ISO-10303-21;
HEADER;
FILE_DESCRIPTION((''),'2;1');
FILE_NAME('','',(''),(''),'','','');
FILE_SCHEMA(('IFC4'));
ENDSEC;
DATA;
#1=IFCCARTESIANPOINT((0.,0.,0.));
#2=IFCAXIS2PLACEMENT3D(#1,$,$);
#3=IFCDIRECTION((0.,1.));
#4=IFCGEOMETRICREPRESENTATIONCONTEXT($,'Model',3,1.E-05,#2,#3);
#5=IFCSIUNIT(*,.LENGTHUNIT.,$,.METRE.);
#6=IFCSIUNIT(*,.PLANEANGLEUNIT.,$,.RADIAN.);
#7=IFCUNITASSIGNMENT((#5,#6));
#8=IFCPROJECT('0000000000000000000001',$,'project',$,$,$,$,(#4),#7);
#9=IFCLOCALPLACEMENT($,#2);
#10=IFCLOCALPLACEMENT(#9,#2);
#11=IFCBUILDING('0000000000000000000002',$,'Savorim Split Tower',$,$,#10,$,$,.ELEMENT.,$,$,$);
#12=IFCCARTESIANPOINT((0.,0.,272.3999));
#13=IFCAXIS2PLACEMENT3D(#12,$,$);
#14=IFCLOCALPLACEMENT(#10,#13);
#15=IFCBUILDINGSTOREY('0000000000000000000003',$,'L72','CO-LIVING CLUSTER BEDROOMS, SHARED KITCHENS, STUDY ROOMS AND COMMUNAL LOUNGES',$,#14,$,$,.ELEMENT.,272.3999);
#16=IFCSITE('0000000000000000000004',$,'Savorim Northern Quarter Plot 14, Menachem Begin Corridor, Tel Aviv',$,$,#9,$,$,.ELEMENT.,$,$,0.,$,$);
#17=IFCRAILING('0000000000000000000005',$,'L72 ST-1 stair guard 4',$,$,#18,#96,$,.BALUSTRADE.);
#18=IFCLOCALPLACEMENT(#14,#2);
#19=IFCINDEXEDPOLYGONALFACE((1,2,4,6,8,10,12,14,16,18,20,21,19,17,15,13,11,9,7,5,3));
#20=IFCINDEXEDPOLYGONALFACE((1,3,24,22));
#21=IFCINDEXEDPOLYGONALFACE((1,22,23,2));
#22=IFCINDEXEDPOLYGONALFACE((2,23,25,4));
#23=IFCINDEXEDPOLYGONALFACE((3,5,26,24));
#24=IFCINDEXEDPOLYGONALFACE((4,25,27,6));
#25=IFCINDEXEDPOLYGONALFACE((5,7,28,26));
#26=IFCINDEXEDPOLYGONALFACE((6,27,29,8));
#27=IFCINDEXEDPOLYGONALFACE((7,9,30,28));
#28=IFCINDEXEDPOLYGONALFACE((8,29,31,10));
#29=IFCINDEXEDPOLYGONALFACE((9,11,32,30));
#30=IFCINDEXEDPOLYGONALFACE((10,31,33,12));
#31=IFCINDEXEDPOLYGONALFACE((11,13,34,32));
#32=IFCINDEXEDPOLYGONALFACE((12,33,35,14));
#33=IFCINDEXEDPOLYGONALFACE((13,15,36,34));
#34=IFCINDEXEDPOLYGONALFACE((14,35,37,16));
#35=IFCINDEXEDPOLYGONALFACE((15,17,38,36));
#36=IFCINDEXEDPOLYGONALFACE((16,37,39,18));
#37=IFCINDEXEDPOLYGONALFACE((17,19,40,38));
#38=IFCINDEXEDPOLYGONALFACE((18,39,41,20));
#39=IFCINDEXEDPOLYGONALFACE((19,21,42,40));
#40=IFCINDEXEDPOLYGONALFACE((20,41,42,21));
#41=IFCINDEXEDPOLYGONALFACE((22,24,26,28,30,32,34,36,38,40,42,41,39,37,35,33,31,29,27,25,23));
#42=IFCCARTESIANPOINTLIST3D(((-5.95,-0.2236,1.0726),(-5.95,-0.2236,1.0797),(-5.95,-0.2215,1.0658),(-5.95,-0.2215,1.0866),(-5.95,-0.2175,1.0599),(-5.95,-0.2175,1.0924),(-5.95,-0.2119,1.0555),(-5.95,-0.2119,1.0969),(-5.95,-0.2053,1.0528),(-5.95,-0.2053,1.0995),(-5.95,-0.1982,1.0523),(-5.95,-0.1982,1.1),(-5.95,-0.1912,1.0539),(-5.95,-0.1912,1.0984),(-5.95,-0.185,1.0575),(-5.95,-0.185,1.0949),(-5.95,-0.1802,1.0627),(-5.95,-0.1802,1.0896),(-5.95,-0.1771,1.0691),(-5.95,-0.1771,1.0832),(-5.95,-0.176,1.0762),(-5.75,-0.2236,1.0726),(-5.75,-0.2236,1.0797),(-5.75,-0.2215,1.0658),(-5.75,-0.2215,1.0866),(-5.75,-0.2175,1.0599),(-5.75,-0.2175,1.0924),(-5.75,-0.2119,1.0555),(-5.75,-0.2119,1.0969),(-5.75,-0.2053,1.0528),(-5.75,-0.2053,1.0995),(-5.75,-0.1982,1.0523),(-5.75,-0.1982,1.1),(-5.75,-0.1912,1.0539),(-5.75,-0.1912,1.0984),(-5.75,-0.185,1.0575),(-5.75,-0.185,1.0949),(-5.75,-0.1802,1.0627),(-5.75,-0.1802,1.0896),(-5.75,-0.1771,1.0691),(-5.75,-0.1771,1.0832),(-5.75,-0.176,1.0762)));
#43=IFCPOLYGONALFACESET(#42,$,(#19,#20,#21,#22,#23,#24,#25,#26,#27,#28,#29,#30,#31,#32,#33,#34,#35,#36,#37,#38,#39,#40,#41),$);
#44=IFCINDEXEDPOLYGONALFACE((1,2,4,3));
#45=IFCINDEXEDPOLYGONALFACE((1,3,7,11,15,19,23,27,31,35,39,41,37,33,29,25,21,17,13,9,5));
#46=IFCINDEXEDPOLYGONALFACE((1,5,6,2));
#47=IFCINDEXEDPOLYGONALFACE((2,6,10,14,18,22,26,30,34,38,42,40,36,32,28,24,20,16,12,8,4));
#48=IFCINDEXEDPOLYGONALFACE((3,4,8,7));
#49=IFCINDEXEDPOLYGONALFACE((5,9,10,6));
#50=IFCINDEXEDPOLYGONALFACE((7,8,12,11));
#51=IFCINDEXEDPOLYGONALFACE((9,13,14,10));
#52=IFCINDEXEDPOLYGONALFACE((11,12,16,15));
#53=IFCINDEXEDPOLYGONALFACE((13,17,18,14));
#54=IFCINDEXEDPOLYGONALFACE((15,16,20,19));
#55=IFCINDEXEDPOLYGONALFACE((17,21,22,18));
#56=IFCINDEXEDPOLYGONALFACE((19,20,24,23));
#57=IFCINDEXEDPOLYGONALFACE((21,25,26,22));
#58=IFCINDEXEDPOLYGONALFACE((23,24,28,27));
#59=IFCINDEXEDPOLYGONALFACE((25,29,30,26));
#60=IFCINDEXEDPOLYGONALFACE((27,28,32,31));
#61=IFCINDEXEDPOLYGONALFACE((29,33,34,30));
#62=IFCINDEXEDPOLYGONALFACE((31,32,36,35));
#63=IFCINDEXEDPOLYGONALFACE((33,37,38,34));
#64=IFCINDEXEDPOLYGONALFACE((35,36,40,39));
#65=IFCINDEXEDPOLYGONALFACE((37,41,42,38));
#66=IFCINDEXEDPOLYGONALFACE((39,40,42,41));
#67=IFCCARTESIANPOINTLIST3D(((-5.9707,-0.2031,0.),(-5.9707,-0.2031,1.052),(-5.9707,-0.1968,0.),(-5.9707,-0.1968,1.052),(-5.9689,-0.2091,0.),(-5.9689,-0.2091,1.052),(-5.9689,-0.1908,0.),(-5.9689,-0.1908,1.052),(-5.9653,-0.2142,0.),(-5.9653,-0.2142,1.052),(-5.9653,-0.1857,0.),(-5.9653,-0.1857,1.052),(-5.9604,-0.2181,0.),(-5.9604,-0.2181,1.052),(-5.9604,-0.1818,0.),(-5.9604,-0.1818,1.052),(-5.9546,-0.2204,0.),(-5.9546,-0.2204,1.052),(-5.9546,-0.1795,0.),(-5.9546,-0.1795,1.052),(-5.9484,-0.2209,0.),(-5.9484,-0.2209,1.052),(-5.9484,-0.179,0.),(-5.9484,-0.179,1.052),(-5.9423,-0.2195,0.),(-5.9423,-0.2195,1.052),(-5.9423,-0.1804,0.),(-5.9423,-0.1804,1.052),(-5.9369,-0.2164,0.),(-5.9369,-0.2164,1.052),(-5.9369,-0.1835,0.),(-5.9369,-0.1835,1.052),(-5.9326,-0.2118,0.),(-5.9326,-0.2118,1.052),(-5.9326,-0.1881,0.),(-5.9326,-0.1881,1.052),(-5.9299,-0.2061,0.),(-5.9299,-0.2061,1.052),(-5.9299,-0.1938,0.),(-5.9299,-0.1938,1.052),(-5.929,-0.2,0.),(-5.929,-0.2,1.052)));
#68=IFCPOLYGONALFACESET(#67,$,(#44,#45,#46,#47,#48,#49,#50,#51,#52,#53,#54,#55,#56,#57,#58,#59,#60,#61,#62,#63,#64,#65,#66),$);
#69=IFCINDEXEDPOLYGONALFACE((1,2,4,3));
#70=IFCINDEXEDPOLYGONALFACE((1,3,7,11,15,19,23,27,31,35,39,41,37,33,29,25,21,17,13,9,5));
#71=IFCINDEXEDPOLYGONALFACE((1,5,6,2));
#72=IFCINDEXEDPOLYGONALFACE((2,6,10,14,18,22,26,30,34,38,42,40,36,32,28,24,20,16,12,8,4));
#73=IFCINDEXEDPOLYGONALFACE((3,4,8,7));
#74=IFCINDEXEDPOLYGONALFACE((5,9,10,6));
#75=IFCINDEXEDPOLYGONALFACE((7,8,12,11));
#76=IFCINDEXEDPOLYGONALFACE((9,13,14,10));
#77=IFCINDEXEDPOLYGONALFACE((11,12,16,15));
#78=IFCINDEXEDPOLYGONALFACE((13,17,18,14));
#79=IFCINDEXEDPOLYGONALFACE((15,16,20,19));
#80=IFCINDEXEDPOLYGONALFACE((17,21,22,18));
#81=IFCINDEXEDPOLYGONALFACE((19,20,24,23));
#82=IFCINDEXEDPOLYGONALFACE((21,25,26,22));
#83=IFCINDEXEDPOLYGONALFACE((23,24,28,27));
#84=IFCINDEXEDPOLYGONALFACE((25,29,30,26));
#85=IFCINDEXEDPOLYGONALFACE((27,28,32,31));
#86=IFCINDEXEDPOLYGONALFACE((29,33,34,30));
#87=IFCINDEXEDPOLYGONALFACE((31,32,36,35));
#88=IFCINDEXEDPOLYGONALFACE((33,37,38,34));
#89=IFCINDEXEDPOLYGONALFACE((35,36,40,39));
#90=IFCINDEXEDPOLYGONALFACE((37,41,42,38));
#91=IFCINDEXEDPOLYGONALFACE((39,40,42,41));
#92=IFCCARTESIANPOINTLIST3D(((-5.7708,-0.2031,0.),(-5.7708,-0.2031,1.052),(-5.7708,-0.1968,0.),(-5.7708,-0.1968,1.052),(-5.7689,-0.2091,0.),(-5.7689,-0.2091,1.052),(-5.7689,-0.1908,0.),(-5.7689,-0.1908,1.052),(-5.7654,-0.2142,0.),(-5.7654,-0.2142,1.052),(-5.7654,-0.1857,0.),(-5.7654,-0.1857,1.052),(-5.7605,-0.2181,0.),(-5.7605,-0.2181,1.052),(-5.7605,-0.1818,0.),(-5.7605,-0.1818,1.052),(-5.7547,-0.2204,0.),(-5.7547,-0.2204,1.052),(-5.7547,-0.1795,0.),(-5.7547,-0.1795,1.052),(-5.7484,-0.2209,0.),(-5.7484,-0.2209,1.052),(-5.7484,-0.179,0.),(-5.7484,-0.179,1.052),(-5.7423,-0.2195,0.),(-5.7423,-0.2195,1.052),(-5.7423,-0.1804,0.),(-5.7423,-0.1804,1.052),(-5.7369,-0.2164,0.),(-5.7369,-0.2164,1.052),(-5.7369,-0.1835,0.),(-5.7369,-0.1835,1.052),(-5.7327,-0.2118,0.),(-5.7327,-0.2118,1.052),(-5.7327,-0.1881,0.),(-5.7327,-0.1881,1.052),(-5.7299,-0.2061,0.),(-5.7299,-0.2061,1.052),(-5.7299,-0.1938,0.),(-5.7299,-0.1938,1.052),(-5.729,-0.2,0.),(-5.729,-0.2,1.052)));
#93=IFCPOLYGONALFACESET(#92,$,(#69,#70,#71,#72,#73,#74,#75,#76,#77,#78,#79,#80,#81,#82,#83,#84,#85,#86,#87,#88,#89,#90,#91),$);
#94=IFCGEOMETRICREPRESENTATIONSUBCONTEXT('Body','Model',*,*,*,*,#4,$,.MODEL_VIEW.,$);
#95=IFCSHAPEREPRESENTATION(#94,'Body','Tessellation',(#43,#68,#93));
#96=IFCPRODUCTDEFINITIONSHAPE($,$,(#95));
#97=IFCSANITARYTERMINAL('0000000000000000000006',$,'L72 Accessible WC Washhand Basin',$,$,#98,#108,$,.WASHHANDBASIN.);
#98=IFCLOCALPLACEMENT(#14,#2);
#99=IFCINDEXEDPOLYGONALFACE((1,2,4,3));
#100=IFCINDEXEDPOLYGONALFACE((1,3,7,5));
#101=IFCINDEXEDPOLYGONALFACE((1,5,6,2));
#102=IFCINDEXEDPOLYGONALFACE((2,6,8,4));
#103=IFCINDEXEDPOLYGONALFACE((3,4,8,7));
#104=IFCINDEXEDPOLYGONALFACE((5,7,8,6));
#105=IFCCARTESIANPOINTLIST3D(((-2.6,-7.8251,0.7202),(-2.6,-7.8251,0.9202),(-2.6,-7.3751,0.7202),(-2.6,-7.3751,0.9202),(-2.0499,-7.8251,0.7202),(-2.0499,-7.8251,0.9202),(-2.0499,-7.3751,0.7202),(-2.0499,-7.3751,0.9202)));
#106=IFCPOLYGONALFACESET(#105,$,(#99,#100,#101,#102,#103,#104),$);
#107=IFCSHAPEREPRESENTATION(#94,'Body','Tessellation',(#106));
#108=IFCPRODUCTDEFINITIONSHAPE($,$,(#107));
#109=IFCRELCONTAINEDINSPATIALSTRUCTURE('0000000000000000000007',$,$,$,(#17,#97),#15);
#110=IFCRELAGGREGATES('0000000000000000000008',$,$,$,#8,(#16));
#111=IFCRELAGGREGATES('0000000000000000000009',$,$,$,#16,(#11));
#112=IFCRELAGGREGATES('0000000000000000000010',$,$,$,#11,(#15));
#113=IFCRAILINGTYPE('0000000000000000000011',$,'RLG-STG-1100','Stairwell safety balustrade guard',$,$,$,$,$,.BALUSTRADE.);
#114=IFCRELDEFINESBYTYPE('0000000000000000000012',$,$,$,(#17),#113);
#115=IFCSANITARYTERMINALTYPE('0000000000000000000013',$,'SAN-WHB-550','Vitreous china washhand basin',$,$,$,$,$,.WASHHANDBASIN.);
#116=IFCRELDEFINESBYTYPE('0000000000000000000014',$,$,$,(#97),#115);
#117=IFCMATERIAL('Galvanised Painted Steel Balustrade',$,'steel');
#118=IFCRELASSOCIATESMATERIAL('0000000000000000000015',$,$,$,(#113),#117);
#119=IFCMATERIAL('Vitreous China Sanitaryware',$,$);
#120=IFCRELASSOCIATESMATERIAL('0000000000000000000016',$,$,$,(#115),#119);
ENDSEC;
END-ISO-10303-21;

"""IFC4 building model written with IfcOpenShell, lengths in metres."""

from ifc_helpers import new_model, si_unit, direction, frame, origin, origin_2d, place, context, subcontext, project, spatial, rectangle, circle, extrude, material, type_object, element, save


model = new_model("IFC4")

# Units and contexts
model_context = context("Model", 3, precision=1e-05, world=origin(), true_north=direction((0.0, 1.0)))
body_context = subcontext(model_context, "Body", "Model", "MODEL_VIEW")
ifc_project = project(units=[si_unit("LENGTHUNIT", "METRE"), si_unit("PLANEANGLEUNIT", "RADIAN")], contexts=[model_context])

# Site, building, storey
site_placement = place(None, origin())
site = spatial("IfcSite", under=ifc_project, at=site_placement, Name="Savorim Northern Quarter Plot 14, Menachem Begin Corridor, Tel Aviv", CompositionType="ELEMENT", RefElevation=0.0)
building_placement = place(site_placement, origin())
building = spatial("IfcBuilding", under=site, at=building_placement, Name="Savorim Split Tower", CompositionType="ELEMENT")
storey_placement = place(building_placement, frame((0.0, 0.0, 272.3999)))
storey = spatial("IfcBuildingStorey", under=building, at=storey_placement, Name="L72", Description="CO-LIVING CLUSTER BEDROOMS, SHARED KITCHENS, STUDY ROOMS AND COMMUNAL LOUNGES", CompositionType="ELEMENT", Elevation=272.3999)

# Railing
ifc_material_1 = material(Name="Galvanised Painted Steel Balustrade", Category="steel")
railing_type_1 = type_object("IfcRailingType", Name="RLG-STG-1100", Description="Stairwell safety balustrade guard", PredefinedType="BALUSTRADE", material=ifc_material_1)
railing_1_placement = place(storey_placement, frame((-5.95, -0.2, 0.0)))
element("IfcRailing", 1, at=railing_1_placement, inside=storey, type_object=railing_type_1, Name="L72 ST-1 stair guard 4", PredefinedType="BALUSTRADE", context=body_context, shape_type="SweptSolid", body=[
    extrude(circle(Radius=0.0239, at=origin_2d()), frame((0.0, 0.0, 1.0762), z_axis=(1.0, 0.0, 0.0), x_axis=(0.0, 1.0, 0.0)), (0.0, 0.0, 1.0), 0.2),
    extrude(circle(Radius=0.021, at=origin_2d()), origin(), (0.0, 0.0, 1.0), 1.052),
    extrude(circle(Radius=0.021, at=origin_2d()), frame((0.2, 0.0, 0.0)), (0.0, 0.0, 1.0), 1.052),
])

# Sanitary terminal
ifc_material_2 = material(Name="Vitreous China Sanitaryware")
sanitary_terminal_type = type_object("IfcSanitaryTerminalType", Name="SAN-WHB-550", Description="Vitreous china washhand basin", PredefinedType="WASHHANDBASIN", material=ifc_material_2)
sanitary_terminal_placement = place(storey_placement, frame((-2.325, -7.6001, 0.7202), z_axis=(0.0, 0.0, 1.0), x_axis=(1.0, 0.0, 0.0)))
element("IfcSanitaryTerminal", 2, at=sanitary_terminal_placement, inside=storey, type_object=sanitary_terminal_type, Name="L72 Accessible WC Washhand Basin", PredefinedType="WASHHANDBASIN", context=body_context, shape_type="SweptSolid", body=[
    extrude(rectangle(XDim=0.55, YDim=0.45, at=origin_2d()), origin(), (0.0, 0.0, 1.0), 0.2),
])

save(model, "model.ifc")
